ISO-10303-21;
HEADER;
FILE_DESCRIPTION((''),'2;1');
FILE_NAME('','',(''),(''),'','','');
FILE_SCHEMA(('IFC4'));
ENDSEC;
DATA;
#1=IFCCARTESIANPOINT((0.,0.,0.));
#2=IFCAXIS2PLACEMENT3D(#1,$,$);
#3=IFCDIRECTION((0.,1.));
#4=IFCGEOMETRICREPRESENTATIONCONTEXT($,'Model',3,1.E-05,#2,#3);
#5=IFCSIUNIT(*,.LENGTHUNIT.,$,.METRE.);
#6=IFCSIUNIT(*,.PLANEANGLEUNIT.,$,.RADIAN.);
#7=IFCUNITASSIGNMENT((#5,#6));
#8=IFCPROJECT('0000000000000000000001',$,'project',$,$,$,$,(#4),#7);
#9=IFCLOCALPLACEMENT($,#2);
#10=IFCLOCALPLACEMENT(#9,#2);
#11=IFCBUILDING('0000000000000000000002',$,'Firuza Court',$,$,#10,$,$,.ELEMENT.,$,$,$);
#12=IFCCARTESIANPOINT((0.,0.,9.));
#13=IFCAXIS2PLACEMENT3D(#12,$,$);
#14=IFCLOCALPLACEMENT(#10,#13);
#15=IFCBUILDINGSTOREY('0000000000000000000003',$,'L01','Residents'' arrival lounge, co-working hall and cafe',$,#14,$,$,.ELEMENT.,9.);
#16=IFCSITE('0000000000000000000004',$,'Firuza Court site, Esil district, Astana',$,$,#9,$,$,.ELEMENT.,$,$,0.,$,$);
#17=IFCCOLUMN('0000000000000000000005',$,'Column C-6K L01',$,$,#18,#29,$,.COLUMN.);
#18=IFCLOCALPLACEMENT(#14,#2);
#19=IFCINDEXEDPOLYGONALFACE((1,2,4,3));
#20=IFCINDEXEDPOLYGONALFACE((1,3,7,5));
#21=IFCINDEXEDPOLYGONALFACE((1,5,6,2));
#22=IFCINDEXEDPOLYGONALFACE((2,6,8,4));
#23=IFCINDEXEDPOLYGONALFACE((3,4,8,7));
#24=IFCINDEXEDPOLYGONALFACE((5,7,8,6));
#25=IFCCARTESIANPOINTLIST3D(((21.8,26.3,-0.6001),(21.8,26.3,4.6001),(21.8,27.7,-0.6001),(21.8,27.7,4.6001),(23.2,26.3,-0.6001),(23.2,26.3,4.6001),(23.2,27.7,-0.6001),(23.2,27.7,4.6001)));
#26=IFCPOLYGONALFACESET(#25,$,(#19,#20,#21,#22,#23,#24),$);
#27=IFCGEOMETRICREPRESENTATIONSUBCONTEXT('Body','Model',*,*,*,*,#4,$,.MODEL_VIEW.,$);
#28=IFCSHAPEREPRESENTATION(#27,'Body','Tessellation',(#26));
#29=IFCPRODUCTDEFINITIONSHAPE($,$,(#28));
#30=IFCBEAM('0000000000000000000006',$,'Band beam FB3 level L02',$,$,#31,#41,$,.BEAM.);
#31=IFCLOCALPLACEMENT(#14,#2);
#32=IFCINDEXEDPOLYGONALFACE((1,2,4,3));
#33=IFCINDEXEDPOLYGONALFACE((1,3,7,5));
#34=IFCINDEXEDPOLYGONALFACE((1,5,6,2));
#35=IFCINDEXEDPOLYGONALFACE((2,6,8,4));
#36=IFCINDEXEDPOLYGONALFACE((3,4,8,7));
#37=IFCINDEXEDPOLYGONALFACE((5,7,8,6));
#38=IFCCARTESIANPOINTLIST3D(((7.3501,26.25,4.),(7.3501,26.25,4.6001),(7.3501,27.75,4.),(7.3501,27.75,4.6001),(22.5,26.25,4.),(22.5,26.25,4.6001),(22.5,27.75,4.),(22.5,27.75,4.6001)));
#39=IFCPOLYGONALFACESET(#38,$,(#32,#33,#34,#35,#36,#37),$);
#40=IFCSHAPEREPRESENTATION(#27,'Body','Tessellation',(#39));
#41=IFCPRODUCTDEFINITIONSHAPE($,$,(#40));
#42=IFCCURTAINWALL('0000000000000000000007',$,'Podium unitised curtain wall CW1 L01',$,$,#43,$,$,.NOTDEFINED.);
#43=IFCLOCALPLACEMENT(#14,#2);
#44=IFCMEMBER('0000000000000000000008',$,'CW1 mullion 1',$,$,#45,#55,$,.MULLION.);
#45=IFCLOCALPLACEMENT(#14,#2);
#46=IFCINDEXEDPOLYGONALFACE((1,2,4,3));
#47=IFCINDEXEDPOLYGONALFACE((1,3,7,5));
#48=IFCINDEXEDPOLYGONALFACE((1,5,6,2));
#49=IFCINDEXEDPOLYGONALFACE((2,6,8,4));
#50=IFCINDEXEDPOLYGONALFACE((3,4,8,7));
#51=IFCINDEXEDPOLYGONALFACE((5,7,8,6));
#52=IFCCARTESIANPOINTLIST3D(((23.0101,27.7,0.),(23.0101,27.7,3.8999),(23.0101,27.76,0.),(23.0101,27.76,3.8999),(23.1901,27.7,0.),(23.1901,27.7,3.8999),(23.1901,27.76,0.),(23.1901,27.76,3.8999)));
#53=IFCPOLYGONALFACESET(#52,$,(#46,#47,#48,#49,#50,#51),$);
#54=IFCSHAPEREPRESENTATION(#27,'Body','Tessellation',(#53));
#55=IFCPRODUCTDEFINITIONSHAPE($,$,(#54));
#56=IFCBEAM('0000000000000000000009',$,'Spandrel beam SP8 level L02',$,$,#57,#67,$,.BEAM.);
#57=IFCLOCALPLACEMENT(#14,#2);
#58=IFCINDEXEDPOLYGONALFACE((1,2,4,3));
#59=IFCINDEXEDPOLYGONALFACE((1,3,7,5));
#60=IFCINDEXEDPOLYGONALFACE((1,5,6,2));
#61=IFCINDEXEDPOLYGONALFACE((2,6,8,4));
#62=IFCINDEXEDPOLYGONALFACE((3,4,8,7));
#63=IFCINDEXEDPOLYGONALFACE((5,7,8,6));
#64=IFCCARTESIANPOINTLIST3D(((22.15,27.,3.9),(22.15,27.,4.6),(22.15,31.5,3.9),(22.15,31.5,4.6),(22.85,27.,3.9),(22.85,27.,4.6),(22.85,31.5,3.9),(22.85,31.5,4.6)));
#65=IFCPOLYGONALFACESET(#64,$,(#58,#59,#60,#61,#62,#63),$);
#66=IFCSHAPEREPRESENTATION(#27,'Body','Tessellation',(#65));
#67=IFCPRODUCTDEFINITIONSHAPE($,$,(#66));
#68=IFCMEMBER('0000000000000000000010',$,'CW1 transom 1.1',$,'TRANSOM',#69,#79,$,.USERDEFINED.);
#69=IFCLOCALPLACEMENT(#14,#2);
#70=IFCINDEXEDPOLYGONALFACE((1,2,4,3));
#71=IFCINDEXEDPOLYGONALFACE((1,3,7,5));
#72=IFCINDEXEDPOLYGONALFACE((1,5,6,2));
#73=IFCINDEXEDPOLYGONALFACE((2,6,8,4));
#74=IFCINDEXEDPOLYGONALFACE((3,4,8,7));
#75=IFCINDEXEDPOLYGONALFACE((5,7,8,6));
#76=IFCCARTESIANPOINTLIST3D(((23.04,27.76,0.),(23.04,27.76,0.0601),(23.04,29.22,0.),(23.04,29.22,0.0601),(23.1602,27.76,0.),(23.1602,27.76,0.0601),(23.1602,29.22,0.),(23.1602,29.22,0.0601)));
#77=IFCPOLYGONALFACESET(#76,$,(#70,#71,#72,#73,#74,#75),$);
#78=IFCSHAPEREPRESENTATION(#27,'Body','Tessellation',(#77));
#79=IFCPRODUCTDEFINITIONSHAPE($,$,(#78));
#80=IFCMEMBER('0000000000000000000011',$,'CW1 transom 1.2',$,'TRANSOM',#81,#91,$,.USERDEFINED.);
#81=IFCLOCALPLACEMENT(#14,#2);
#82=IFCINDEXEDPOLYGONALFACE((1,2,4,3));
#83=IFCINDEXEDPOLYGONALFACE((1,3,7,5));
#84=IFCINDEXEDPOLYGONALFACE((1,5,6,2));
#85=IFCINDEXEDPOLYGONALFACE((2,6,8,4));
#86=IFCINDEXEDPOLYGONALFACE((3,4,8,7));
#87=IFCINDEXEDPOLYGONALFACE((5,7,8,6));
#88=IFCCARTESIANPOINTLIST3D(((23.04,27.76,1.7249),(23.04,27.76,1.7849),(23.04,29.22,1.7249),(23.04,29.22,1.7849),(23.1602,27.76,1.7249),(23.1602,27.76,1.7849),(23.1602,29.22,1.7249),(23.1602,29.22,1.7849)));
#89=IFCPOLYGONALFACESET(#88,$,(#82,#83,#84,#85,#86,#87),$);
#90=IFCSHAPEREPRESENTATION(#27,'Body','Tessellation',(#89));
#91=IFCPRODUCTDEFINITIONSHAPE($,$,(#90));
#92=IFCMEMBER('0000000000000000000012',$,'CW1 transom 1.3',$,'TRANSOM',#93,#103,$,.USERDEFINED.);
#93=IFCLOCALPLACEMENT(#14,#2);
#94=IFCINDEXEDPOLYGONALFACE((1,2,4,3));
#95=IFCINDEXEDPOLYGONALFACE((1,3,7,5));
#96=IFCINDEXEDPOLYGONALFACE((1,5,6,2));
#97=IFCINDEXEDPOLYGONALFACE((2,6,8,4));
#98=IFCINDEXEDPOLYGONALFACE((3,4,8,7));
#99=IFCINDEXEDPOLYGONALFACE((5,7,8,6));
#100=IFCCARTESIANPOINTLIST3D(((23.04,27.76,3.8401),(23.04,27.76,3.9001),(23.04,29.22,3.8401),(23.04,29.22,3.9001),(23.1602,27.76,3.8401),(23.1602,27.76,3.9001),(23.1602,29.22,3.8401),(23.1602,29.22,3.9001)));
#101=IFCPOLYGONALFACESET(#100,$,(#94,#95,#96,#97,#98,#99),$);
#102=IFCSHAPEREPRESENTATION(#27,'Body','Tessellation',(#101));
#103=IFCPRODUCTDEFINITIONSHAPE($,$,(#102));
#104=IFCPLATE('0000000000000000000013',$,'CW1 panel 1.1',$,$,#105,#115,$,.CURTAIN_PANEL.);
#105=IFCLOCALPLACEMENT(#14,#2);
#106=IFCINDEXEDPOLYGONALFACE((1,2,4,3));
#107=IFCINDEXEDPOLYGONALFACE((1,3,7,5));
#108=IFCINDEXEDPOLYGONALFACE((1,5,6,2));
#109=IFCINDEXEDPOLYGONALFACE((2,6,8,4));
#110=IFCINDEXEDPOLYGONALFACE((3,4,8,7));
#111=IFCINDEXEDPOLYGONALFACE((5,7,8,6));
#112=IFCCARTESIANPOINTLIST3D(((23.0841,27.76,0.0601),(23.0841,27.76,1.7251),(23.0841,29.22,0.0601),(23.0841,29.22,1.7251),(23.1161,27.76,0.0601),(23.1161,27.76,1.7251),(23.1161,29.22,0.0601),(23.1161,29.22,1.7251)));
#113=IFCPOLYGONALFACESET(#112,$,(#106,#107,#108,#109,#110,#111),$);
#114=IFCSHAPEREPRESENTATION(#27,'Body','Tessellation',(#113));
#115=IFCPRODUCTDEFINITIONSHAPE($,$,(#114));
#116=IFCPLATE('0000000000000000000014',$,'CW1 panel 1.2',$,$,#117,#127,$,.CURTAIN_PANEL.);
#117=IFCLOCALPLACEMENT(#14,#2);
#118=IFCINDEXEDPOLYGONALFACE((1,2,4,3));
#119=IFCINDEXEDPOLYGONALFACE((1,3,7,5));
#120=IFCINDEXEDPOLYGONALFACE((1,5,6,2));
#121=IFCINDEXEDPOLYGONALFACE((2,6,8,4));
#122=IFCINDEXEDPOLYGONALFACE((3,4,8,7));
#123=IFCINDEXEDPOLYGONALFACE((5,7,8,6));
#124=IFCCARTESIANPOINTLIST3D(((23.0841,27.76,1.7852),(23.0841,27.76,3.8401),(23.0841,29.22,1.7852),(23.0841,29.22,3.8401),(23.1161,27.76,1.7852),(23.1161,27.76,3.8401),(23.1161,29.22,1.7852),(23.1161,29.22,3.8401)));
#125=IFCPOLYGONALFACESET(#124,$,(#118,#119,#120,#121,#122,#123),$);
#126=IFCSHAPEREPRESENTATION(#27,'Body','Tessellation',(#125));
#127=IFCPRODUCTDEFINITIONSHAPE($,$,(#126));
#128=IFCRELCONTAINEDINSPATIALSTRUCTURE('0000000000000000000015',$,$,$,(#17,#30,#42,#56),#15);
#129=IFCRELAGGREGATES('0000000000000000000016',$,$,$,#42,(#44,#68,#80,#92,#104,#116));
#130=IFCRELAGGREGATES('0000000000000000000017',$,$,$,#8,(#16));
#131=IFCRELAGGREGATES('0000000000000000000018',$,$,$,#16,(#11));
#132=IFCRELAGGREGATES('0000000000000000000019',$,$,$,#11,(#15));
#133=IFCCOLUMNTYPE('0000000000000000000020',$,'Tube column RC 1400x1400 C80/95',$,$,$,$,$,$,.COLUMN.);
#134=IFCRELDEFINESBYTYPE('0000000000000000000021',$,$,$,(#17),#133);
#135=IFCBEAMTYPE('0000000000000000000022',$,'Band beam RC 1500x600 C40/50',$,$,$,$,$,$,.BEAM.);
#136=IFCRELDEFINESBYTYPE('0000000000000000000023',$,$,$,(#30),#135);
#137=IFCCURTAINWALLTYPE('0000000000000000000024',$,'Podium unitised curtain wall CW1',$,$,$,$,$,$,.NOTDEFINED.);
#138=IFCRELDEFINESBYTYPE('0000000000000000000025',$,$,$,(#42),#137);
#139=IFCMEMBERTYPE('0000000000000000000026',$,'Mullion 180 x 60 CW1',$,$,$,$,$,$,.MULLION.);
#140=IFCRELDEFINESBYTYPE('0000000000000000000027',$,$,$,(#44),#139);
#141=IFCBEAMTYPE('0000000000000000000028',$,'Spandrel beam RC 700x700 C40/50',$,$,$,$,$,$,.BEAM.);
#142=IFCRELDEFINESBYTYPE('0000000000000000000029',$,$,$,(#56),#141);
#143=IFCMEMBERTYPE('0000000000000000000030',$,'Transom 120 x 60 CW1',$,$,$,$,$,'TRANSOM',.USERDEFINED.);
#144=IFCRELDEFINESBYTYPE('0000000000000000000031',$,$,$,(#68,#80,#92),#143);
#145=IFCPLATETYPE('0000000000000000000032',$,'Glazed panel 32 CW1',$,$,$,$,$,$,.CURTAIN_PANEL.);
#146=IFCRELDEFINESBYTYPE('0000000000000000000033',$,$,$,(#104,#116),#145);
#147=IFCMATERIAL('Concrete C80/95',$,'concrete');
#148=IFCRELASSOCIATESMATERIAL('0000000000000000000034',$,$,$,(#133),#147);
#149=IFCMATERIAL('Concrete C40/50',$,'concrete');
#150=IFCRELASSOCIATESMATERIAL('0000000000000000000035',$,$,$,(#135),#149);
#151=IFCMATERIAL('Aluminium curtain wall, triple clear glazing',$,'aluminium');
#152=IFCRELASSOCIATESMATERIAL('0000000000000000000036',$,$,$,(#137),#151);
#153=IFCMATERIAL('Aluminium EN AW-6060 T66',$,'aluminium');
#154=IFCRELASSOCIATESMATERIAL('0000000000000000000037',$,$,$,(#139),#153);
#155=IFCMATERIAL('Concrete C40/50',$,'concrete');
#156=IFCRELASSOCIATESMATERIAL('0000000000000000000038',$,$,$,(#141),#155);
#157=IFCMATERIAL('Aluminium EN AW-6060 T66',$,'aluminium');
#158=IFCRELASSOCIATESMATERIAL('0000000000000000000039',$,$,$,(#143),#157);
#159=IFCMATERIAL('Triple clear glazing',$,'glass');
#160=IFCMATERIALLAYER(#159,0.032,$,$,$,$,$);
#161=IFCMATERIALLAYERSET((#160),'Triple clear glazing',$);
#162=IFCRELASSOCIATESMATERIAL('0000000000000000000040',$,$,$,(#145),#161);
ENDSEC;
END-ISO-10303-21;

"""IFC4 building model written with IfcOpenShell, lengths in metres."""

from ifc_helpers import new_model, si_unit, direction, frame, origin, origin_2d, place, context, subcontext, project, spatial, rectangle, extrude, material, layer, layer_set, material_profile, profile_set, type_object, element, aggregate, save


model = new_model("IFC4")

# Units and contexts
model_context = context("Model", 3, precision=1e-05, world=origin(), true_north=direction((0.0, 1.0)))
body_context = subcontext(model_context, "Body", "Model", "MODEL_VIEW")
ifc_project = project(units=[si_unit("LENGTHUNIT", "METRE"), si_unit("PLANEANGLEUNIT", "RADIAN")], contexts=[model_context])

# Site, building, storey
site_placement = place(None, origin())
site = spatial("IfcSite", under=ifc_project, at=site_placement, Name="Firuza Court site, Esil district, Astana", CompositionType="ELEMENT", RefElevation=0.0)
building_placement = place(site_placement, origin())
building = spatial("IfcBuilding", under=site, at=building_placement, Name="Firuza Court", CompositionType="ELEMENT")
storey_placement = place(building_placement, frame((0.0, 0.0, 9.0)))
storey = spatial("IfcBuildingStorey", under=building, at=storey_placement, Name="L01", Description="Residents' arrival lounge, co-working hall and cafe", CompositionType="ELEMENT", Elevation=9.0)

# Column
ifc_material_1 = material(Name="Concrete C80/95", Category="concrete")
ifc_material_profile_1 = material_profile(ifc_material_1, rectangle(XDim=1.3999, YDim=1.3999, at=origin_2d()), Name="RC 1400x1400")
ifc_profile_set_1 = profile_set([ifc_material_profile_1], Name="Concrete C80/95")
column_type = type_object("IfcColumnType", Name="Tube column RC 1400x1400 C80/95", PredefinedType="COLUMN", material=ifc_profile_set_1)
column_placement = place(storey_placement, frame((22.5, 27.0, -0.6001), z_axis=(0.0, 0.0, 1.0), x_axis=(1.0, 0.0, 0.0)))
element("IfcColumn", 1, at=column_placement, inside=storey, type_object=column_type, Name="Column C-6K L01", PredefinedType="COLUMN", context=body_context, shape_type="SweptSolid", body=[
    extrude(rectangle(XDim=1.3999, YDim=1.3999, at=origin_2d()), origin(), (0.0, 0.0, 1.0), 5.2002),
])

# Beam
ifc_material_2 = material(Name="Concrete C40/50", Category="concrete")
ifc_material_profile_2 = material_profile(ifc_material_2, rectangle(XDim=1.5, YDim=0.6001, at=origin_2d()), Name="RC 1500x600")
ifc_profile_set_2 = profile_set([ifc_material_profile_2], Name="Concrete C40/50")
beam_type_1 = type_object("IfcBeamType", Name="Band beam RC 1500x600 C40/50", PredefinedType="BEAM", material=ifc_profile_set_2)
beam_1_placement = place(storey_placement, frame((22.5, 27.0, 4.3), z_axis=(-1.0, 0.0, 0.0), x_axis=(0.0, -1.0, 0.0)))
element("IfcBeam", 2, at=beam_1_placement, inside=storey, type_object=beam_type_1, Name="Band beam FB3 level L02", PredefinedType="BEAM", context=body_context, shape_type="SweptSolid", body=[
    extrude(rectangle(XDim=1.5, YDim=0.6001, at=origin_2d()), origin(), (0.0, 0.0, 1.0), 15.1499),
])

# Curtain wall, member
ifc_material_3 = material(Name="Aluminium curtain wall, triple clear glazing", Category="aluminium")
curtain_wall_type = type_object("IfcCurtainWallType", Name="Podium unitised curtain wall CW1", PredefinedType="NOTDEFINED", material=ifc_material_3)
curtain_wall_placement = place(storey_placement, origin())
curtain_wall = element("IfcCurtainWall", 3, at=curtain_wall_placement, inside=storey, type_object=curtain_wall_type, Name="Podium unitised curtain wall CW1 L01", PredefinedType="NOTDEFINED")
ifc_material_4 = material(Name="Aluminium EN AW-6060 T66", Category="aluminium")
ifc_material_profile_3 = material_profile(ifc_material_4, rectangle(XDim=0.1799, YDim=0.0601, at=origin_2d()), Name="Mullion 180 x 60 CW1")
ifc_profile_set_3 = profile_set([ifc_material_profile_3], Name="Aluminium EN AW-6060 T66")
member_type_1 = type_object("IfcMemberType", Name="Mullion 180 x 60 CW1", PredefinedType="MULLION", material=ifc_profile_set_3)
member_1_placement = place(storey_placement, frame((23.1001, 27.73, 0.0), z_axis=(0.0, 0.0, 1.0), x_axis=(-1.0, 0.0, 0.0)))
member_1 = element("IfcMember", 4, at=member_1_placement, type_object=member_type_1, Name="CW1 mullion 1", PredefinedType="MULLION", context=body_context, shape_type="SweptSolid", body=[
    extrude(rectangle(XDim=0.1799, YDim=0.0601, at=origin_2d()), origin(), (0.0, 0.0, 1.0), 3.8999),
])

# Beam
ifc_material_5 = material(Name="Concrete C40/50", Category="concrete")
ifc_material_profile_4 = material_profile(ifc_material_5, rectangle(XDim=0.7, YDim=0.7, at=origin_2d()), Name="RC 700x700")
ifc_profile_set_4 = profile_set([ifc_material_profile_4], Name="Concrete C40/50")
beam_type_2 = type_object("IfcBeamType", Name="Spandrel beam RC 700x700 C40/50", PredefinedType="BEAM", material=ifc_profile_set_4)
beam_2_placement = place(storey_placement, frame((22.5, 27.0, 4.25), z_axis=(0.0, 1.0, 0.0), x_axis=(-1.0, 0.0, 0.0)))
element("IfcBeam", 5, at=beam_2_placement, inside=storey, type_object=beam_type_2, Name="Spandrel beam SP8 level L02", PredefinedType="BEAM", context=body_context, shape_type="SweptSolid", body=[
    extrude(rectangle(XDim=0.7, YDim=0.7, at=origin_2d()), origin(), (0.0, 0.0, 1.0), 4.5),
])

# Members
ifc_material_6 = material(Name="Aluminium EN AW-6060 T66", Category="aluminium")
ifc_material_profile_5 = material_profile(ifc_material_6, rectangle(XDim=0.1201, YDim=0.0601, at=origin_2d()), Name="Transom 120 x 60 CW1")
ifc_profile_set_5 = profile_set([ifc_material_profile_5], Name="Aluminium EN AW-6060 T66")
member_type_2 = type_object("IfcMemberType", Name="Transom 120 x 60 CW1", ElementType="TRANSOM", PredefinedType="USERDEFINED", material=ifc_profile_set_5)
member_2_placement = place(storey_placement, frame((23.1001, 27.76, 0.03), z_axis=(0.0, 1.0, 0.0), x_axis=(-1.0, 0.0, 0.0)))
member_2 = element("IfcMember", 6, at=member_2_placement, type_object=member_type_2, Name="CW1 transom 1.1", ObjectType="TRANSOM", PredefinedType="USERDEFINED", context=body_context, shape_type="SweptSolid", body=[
    extrude(rectangle(XDim=0.1201, YDim=0.0601, at=origin_2d()), origin(), (0.0, 0.0, 1.0), 1.46),
])
member_3_placement = place(storey_placement, frame((23.1001, 27.76, 1.7549), z_axis=(0.0, 1.0, 0.0), x_axis=(-1.0, 0.0, 0.0)))
member_3 = element("IfcMember", 7, at=member_3_placement, type_object=member_type_2, Name="CW1 transom 1.2", ObjectType="TRANSOM", PredefinedType="USERDEFINED", context=body_context, shape_type="SweptSolid", body=[
    extrude(rectangle(XDim=0.1201, YDim=0.0601, at=origin_2d()), origin(), (0.0, 0.0, 1.0), 1.46),
])
member_4_placement = place(storey_placement, frame((23.1001, 27.76, 3.8701), z_axis=(0.0, 1.0, 0.0), x_axis=(-1.0, 0.0, 0.0)))
member_4 = element("IfcMember", 8, at=member_4_placement, type_object=member_type_2, Name="CW1 transom 1.3", ObjectType="TRANSOM", PredefinedType="USERDEFINED", context=body_context, shape_type="SweptSolid", body=[
    extrude(rectangle(XDim=0.1201, YDim=0.0601, at=origin_2d()), origin(), (0.0, 0.0, 1.0), 1.46),
])

# Plates
ifc_material_7 = material(Name="Triple clear glazing", Category="glass")
ifc_layer_1 = layer(ifc_material_7, 0.032)
ifc_layer_set_1 = layer_set([ifc_layer_1], Name="Triple clear glazing")
plate_type = type_object("IfcPlateType", Name="Glazed panel 32 CW1", PredefinedType="CURTAIN_PANEL", material=ifc_layer_set_1)
plate_1_placement = place(storey_placement, frame((23.1001, 28.49, 0.0601), z_axis=(0.0, 0.0, 1.0), x_axis=(0.0, 1.0, 0.0)))
plate_1 = element("IfcPlate", 9, at=plate_1_placement, type_object=plate_type, Name="CW1 panel 1.1", PredefinedType="CURTAIN_PANEL", context=body_context, shape_type="SweptSolid", body=[
    extrude(rectangle(XDim=1.46, YDim=0.032, at=origin_2d()), origin(), (0.0, 0.0, 1.0), 1.665),
])
plate_2_placement = place(storey_placement, frame((23.1001, 28.49, 1.7852), z_axis=(0.0, 0.0, 1.0), x_axis=(0.0, 1.0, 0.0)))
plate_2 = element("IfcPlate", 10, at=plate_2_placement, type_object=plate_type, Name="CW1 panel 1.2", PredefinedType="CURTAIN_PANEL", context=body_context, shape_type="SweptSolid", body=[
    extrude(rectangle(XDim=1.46, YDim=0.032, at=origin_2d()), origin(), (0.0, 0.0, 1.0), 2.0549),
])
aggregate(curtain_wall, [member_1, member_2, member_3, member_4, plate_1, plate_2])

save(model, "model.ifc")
